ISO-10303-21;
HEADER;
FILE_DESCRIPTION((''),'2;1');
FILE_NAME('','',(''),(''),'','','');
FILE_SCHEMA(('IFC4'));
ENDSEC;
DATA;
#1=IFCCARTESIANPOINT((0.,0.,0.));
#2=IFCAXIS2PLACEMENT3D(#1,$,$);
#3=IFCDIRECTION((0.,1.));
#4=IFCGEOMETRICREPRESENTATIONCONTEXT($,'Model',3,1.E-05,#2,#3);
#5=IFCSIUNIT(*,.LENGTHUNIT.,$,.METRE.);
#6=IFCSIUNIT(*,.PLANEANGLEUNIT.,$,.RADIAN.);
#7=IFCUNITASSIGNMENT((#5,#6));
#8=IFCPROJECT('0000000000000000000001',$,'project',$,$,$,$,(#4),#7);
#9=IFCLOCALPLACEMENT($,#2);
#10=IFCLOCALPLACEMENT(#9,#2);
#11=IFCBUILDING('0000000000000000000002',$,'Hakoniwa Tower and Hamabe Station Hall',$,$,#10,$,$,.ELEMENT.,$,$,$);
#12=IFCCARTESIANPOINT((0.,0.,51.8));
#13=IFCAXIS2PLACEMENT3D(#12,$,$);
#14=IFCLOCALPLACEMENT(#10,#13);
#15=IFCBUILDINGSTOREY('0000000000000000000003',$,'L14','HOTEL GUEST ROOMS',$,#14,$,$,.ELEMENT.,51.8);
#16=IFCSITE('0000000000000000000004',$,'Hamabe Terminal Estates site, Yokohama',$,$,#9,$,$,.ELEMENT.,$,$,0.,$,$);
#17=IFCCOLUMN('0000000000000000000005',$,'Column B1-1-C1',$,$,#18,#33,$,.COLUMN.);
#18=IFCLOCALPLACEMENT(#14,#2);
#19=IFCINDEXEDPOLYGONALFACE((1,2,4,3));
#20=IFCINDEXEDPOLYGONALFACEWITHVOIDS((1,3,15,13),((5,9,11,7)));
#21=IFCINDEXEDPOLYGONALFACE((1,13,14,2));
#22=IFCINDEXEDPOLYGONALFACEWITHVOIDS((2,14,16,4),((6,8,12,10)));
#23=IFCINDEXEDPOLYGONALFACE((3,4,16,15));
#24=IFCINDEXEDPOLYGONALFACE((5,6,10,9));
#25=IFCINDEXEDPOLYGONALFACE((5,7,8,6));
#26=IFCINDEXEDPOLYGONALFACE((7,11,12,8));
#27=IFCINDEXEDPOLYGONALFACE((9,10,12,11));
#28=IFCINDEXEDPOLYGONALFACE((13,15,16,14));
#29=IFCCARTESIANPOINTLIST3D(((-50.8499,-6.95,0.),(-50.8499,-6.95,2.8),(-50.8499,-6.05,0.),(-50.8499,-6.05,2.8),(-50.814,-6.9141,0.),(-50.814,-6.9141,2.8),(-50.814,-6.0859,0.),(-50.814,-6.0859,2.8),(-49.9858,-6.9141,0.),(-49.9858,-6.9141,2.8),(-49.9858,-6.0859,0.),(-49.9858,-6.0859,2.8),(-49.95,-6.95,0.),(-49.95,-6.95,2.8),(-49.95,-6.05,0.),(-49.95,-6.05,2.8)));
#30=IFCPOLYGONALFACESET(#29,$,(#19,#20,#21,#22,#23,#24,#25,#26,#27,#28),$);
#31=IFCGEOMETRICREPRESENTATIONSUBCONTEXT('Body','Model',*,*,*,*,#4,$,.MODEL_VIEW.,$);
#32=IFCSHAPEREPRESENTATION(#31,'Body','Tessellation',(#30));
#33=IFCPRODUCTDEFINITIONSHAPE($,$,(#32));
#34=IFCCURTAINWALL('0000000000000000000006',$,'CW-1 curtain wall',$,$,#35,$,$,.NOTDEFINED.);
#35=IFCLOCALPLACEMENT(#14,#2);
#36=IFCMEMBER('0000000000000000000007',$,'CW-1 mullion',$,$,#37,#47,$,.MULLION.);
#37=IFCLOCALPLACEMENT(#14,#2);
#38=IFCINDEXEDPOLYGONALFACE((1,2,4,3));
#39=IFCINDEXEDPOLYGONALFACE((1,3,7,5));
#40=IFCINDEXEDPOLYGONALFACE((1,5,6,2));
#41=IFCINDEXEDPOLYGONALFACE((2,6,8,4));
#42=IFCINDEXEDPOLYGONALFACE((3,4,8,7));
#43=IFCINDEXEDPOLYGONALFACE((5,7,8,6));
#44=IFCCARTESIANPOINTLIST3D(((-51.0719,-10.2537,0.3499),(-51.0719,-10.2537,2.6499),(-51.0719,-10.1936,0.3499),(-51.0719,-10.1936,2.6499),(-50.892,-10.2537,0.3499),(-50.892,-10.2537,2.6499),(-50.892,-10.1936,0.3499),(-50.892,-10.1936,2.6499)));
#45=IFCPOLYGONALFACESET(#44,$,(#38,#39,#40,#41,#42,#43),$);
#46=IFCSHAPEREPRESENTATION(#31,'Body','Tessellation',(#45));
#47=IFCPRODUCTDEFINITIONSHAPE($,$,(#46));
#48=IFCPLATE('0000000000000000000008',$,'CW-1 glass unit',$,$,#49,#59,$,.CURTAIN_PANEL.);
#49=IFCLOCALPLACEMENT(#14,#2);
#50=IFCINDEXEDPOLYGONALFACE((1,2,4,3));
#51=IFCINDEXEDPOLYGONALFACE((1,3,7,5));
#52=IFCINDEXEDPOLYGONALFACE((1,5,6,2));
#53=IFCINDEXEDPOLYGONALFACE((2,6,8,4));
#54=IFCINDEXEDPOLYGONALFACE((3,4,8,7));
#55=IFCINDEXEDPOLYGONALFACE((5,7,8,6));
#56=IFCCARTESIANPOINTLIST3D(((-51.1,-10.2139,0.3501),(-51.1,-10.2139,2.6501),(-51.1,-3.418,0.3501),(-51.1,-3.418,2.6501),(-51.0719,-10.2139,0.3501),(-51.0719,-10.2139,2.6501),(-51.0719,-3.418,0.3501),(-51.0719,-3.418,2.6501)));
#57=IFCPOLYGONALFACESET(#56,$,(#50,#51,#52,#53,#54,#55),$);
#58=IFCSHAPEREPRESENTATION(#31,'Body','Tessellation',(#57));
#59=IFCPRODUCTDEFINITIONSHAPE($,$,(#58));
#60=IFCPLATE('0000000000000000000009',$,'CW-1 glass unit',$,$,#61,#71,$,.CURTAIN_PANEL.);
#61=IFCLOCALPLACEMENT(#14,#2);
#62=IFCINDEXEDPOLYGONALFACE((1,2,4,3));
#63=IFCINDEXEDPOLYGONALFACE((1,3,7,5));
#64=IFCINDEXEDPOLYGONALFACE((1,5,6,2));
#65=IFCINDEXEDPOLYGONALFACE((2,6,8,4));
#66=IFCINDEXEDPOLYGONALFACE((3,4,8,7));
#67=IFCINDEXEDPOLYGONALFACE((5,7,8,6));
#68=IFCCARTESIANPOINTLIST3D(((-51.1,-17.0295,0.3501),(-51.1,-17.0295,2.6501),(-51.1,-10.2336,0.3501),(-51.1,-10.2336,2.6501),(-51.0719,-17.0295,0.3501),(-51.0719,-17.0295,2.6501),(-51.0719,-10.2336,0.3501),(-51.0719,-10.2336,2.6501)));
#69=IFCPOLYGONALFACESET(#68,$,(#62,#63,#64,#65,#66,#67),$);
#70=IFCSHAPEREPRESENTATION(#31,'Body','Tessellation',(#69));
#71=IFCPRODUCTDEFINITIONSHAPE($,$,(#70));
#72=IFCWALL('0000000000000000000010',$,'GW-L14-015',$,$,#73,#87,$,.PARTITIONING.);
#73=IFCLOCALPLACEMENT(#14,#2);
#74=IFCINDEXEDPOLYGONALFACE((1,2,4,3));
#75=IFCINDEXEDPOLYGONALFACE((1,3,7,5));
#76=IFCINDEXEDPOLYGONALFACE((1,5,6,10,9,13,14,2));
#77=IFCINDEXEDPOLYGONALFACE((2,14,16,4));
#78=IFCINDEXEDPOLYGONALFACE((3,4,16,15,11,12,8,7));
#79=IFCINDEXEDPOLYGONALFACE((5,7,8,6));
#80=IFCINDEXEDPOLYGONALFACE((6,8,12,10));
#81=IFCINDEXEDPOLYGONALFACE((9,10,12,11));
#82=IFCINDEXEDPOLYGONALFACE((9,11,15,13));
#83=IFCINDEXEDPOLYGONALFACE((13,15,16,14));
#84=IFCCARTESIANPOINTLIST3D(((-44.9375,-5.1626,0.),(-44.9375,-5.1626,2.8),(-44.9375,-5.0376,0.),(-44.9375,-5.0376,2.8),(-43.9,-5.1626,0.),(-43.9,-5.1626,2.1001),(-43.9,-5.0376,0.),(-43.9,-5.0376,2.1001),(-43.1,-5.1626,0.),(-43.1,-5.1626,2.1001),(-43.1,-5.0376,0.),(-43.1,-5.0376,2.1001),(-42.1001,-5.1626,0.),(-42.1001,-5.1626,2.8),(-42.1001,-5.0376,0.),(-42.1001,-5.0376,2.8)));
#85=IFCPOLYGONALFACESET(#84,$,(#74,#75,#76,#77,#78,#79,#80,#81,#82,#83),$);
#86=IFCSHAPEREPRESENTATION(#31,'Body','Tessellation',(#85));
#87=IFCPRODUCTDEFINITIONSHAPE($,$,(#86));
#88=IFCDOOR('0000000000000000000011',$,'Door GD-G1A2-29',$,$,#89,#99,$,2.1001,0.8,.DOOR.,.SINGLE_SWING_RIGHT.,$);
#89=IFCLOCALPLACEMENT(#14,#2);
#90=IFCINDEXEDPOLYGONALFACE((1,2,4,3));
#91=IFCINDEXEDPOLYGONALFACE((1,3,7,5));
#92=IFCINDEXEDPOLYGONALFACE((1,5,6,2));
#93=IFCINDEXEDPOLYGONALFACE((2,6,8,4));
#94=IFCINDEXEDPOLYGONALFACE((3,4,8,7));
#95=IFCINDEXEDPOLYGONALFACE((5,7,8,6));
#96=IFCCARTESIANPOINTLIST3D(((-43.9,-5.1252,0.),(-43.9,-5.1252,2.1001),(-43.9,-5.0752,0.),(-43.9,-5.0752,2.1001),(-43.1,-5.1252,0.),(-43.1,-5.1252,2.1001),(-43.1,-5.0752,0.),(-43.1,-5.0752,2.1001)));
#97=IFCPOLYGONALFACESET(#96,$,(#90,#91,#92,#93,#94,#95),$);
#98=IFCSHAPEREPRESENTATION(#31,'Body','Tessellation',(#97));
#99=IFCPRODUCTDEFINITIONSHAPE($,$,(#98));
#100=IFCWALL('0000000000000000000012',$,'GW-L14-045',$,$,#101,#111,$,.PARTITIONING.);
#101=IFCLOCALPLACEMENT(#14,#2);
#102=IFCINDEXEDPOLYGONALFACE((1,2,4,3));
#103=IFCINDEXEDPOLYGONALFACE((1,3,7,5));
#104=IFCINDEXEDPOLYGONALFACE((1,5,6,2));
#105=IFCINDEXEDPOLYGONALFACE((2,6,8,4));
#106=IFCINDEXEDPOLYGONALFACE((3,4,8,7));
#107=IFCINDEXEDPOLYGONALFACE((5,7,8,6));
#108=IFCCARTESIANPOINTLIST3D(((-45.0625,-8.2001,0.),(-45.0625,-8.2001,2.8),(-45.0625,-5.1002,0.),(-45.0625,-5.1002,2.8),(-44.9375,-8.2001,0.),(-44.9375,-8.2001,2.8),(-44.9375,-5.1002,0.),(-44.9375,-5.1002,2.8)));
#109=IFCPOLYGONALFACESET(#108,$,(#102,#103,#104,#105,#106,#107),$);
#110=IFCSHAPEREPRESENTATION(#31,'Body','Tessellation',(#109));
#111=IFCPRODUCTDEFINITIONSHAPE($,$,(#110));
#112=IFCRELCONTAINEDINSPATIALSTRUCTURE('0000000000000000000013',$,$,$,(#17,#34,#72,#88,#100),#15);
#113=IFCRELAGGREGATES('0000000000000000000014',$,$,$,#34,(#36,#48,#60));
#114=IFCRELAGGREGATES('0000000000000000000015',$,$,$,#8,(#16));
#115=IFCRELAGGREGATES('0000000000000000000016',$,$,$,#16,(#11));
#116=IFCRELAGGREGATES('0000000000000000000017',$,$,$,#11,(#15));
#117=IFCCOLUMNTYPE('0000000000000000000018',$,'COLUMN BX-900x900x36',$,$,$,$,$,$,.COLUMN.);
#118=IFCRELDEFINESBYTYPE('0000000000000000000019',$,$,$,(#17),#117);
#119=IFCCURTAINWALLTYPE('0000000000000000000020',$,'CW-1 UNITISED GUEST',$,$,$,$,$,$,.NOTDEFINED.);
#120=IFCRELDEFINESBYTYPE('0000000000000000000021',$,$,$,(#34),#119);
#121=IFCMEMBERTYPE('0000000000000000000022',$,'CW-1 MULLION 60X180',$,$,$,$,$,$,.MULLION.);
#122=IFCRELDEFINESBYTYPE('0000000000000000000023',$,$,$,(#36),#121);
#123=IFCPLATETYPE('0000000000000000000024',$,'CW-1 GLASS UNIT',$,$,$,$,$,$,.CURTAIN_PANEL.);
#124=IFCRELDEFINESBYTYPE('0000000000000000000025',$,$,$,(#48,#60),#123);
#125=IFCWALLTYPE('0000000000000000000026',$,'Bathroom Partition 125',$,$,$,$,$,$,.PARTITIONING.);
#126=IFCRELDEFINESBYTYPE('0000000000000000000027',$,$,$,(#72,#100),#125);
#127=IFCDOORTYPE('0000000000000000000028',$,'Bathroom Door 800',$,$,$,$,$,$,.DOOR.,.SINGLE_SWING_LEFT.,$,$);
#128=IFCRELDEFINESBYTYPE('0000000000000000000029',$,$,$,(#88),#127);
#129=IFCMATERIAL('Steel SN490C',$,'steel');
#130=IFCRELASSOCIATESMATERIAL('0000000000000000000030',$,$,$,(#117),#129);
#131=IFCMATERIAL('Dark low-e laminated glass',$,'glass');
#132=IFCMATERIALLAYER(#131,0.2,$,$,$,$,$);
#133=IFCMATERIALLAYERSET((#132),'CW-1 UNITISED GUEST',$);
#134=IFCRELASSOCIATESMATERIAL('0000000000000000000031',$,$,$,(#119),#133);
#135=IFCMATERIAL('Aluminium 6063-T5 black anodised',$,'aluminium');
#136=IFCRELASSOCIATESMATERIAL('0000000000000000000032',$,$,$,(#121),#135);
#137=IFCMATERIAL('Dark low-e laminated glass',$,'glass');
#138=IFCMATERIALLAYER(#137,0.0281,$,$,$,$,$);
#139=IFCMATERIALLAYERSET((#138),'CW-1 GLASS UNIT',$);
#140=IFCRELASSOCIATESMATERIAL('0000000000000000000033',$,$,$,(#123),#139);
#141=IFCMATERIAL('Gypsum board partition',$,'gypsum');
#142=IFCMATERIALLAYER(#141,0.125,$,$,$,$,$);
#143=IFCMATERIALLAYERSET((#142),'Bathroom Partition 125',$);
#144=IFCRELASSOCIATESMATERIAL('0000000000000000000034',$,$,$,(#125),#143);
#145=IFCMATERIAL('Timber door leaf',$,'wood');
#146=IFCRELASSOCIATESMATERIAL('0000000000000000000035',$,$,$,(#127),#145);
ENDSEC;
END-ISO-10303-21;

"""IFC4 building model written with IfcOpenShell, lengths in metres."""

from ifc_helpers import new_model, si_unit, direction, frame, frame_2d, origin, origin_2d, place, context, subcontext, project, spatial, rectangle, hollow_rectangle, extrude, material, layer, layer_set, material_profile, profile_set, type_object, element, fill, aggregate, save


model = new_model("IFC4")

# Units and contexts
model_context = context("Model", 3, precision=1e-05, world=origin(), true_north=direction((0.0, 1.0)))
body_context = subcontext(model_context, "Body", "Model", "MODEL_VIEW")
ifc_project = project(units=[si_unit("LENGTHUNIT", "METRE"), si_unit("PLANEANGLEUNIT", "RADIAN")], contexts=[model_context])

# Site, building, storey
site_placement = place(None, origin())
site = spatial("IfcSite", under=ifc_project, at=site_placement, Name="Hamabe Terminal Estates site, Yokohama", CompositionType="ELEMENT", RefElevation=0.0)
building_placement = place(site_placement, origin())
building = spatial("IfcBuilding", under=site, at=building_placement, Name="Hakoniwa Tower and Hamabe Station Hall", CompositionType="ELEMENT")
storey_placement = place(building_placement, frame((0.0, 0.0, 51.8)))
storey = spatial("IfcBuildingStorey", under=building, at=storey_placement, Name="L14", Description="HOTEL GUEST ROOMS", CompositionType="ELEMENT", Elevation=51.8)

# Column
ifc_material_1 = material(Name="Steel SN490C", Category="steel")
ifc_material_profile_1 = material_profile(ifc_material_1, hollow_rectangle(XDim=0.8999, YDim=0.8999, WallThickness=0.0359, at=origin_2d()), Name="BX-900x900x36")
ifc_profile_set_1 = profile_set([ifc_material_profile_1], Name="Steel SN490C")
column_type = type_object("IfcColumnType", Name="COLUMN BX-900x900x36", PredefinedType="COLUMN", material=ifc_profile_set_1)
column_placement = place(storey_placement, frame((-50.3999, -6.5, 0.0), z_axis=(0.0, 0.0, 1.0), x_axis=(1.0, 0.0, 0.0)))
element("IfcColumn", 1, at=column_placement, inside=storey, type_object=column_type, Name="Column B1-1-C1", PredefinedType="COLUMN", context=body_context, shape_type="SweptSolid", body=[
    extrude(hollow_rectangle(XDim=0.8999, YDim=0.8999, WallThickness=0.0359, at=origin_2d()), origin(), (0.0, 0.0, 1.0), 2.8),
])

# Curtain wall, member, plates
ifc_material_2 = material(Name="Dark low-e laminated glass", Category="glass")
ifc_layer_1 = layer(ifc_material_2, 0.2)
ifc_layer_set_1 = layer_set([ifc_layer_1], Name="CW-1 UNITISED GUEST")
curtain_wall_type = type_object("IfcCurtainWallType", Name="CW-1 UNITISED GUEST", PredefinedType="NOTDEFINED", material=ifc_layer_set_1)
curtain_wall_placement = place(storey_placement, origin())
curtain_wall = element("IfcCurtainWall", 2, at=curtain_wall_placement, inside=storey, type_object=curtain_wall_type, Name="CW-1 curtain wall", PredefinedType="NOTDEFINED")
ifc_material_3 = material(Name="Aluminium 6063-T5 black anodised", Category="aluminium")
ifc_material_profile_2 = material_profile(ifc_material_3, rectangle(XDim=0.0601, YDim=0.1799, at=origin_2d()), Name="CW-1 MULLION 60X180")
ifc_profile_set_2 = profile_set([ifc_material_profile_2], Name="Aluminium 6063-T5 black anodised")
member_type = type_object("IfcMemberType", Name="CW-1 MULLION 60X180", PredefinedType="MULLION", material=ifc_profile_set_2)
member_placement = place(storey_placement, frame((-50.9819, -10.2236, 0.3499), z_axis=(0.0, 0.0, 1.0), x_axis=(0.0, -1.0, 0.0)))
member = element("IfcMember", 3, at=member_placement, type_object=member_type, Name="CW-1 mullion", PredefinedType="MULLION", context=body_context, shape_type="SweptSolid", body=[
    extrude(rectangle(XDim=0.0601, YDim=0.1799, at=origin_2d()), origin(), (0.0, 0.0, 1.0), 2.3),
])
ifc_material_4 = material(Name="Dark low-e laminated glass", Category="glass")
ifc_layer_2 = layer(ifc_material_4, 0.0281)
ifc_layer_set_2 = layer_set([ifc_layer_2], Name="CW-1 GLASS UNIT")
plate_type = type_object("IfcPlateType", Name="CW-1 GLASS UNIT", PredefinedType="CURTAIN_PANEL", material=ifc_layer_set_2)
plate_1_placement = place(storey_placement, frame((-51.0859, -6.8159, 0.3501), z_axis=(0.0, 0.0, 1.0), x_axis=(0.0, -1.0, 0.0)))
plate_1 = element("IfcPlate", 4, at=plate_1_placement, type_object=plate_type, Name="CW-1 glass unit", PredefinedType="CURTAIN_PANEL", context=body_context, shape_type="SweptSolid", body=[
    extrude(rectangle(XDim=6.7959, YDim=0.0281, at=origin_2d()), origin(), (0.0, 0.0, 1.0), 2.3),
])
plate_2_placement = place(storey_placement, frame((-51.0859, -13.6316, 0.3501), z_axis=(0.0, 0.0, 1.0), x_axis=(0.0, -1.0, 0.0)))
plate_2 = element("IfcPlate", 5, at=plate_2_placement, type_object=plate_type, Name="CW-1 glass unit", PredefinedType="CURTAIN_PANEL", context=body_context, shape_type="SweptSolid", body=[
    extrude(rectangle(XDim=6.7959, YDim=0.0281, at=origin_2d()), origin(), (0.0, 0.0, 1.0), 2.3),
])
aggregate(curtain_wall, [member, plate_1, plate_2])

# Wall, opening, door
ifc_material_5 = material(Name="Gypsum board partition", Category="gypsum")
ifc_layer_3 = layer(ifc_material_5, 0.125)
ifc_layer_set_3 = layer_set([ifc_layer_3], Name="Bathroom Partition 125")
wall_type_1 = type_object("IfcWallType", Name="Bathroom Partition 125", PredefinedType="PARTITIONING", material=ifc_layer_set_3)
wall_1_placement = place(storey_placement, frame((-44.9375, -5.1001, 0.0), z_axis=(0.0, 0.0, 1.0), x_axis=(1.0, 0.0, 0.0)))
wall_1 = element("IfcWall", 6, at=wall_1_placement, inside=storey, type_object=wall_type_1, Name="GW-L14-015", PredefinedType="PARTITIONING", context=body_context, shape_type="SweptSolid", body=[
    extrude(rectangle(XDim=2.8374, YDim=0.125, at=frame_2d((1.4187, 0.0))), origin(), (0.0, 0.0, 1.0), 2.8),
])
opening_1_placement = place(wall_1_placement, frame((1.0376, 0.0, 0.0)))
opening_1 = element("IfcOpeningElement", 7, at=opening_1_placement, cuts=wall_1, PredefinedType="OPENING", context=body_context, shape_type="SweptSolid", body=[
    extrude(rectangle(XDim=0.8, YDim=2.1001, at=frame_2d((0.3999, 1.05))), frame((0.0, 0.0725, 0.0), z_axis=(0.0, -1.0, 0.0), x_axis=(1.0, 0.0, 0.0)), (0.0, 0.0, 1.0), 0.145),
])
ifc_material_6 = material(Name="Timber door leaf", Category="wood")
door_type_1 = type_object("IfcDoorType", Name="Bathroom Door 800", OperationType="SINGLE_SWING_LEFT", PredefinedType="DOOR", material=ifc_material_6)
door_1_placement = place(opening_1_placement, origin())
door_1 = element("IfcDoor", 8, at=door_1_placement, inside=storey, type_object=door_type_1, Name="Door GD-G1A2-29", OperationType="SINGLE_SWING_RIGHT", OverallHeight=2.1001, OverallWidth=0.8, PredefinedType="DOOR", context=body_context, shape_type="SweptSolid", body=[
    extrude(rectangle(XDim=0.8, YDim=2.1001, at=frame_2d((0.3999, 1.05))), frame((0.0, 0.0249, 0.0), z_axis=(0.0, -1.0, 0.0), x_axis=(1.0, 0.0, 0.0)), (0.0, 0.0, 1.0), 0.05),
])
fill(opening_1, door_1)

# Wall
wall_2_placement = place(storey_placement, frame((-45.0, -8.2, 0.0), z_axis=(0.0, 0.0, 1.0), x_axis=(0.0, 1.0, 0.0)))
element("IfcWall", 9, at=wall_2_placement, inside=storey, type_object=wall_type_1, Name="GW-L14-045", PredefinedType="PARTITIONING", context=body_context, shape_type="SweptSolid", body=[
    extrude(rectangle(XDim=3.0999, YDim=0.125, at=frame_2d((1.5498, 0.0))), origin(), (0.0, 0.0, 1.0), 2.8),
])

save(model, "model.ifc")
